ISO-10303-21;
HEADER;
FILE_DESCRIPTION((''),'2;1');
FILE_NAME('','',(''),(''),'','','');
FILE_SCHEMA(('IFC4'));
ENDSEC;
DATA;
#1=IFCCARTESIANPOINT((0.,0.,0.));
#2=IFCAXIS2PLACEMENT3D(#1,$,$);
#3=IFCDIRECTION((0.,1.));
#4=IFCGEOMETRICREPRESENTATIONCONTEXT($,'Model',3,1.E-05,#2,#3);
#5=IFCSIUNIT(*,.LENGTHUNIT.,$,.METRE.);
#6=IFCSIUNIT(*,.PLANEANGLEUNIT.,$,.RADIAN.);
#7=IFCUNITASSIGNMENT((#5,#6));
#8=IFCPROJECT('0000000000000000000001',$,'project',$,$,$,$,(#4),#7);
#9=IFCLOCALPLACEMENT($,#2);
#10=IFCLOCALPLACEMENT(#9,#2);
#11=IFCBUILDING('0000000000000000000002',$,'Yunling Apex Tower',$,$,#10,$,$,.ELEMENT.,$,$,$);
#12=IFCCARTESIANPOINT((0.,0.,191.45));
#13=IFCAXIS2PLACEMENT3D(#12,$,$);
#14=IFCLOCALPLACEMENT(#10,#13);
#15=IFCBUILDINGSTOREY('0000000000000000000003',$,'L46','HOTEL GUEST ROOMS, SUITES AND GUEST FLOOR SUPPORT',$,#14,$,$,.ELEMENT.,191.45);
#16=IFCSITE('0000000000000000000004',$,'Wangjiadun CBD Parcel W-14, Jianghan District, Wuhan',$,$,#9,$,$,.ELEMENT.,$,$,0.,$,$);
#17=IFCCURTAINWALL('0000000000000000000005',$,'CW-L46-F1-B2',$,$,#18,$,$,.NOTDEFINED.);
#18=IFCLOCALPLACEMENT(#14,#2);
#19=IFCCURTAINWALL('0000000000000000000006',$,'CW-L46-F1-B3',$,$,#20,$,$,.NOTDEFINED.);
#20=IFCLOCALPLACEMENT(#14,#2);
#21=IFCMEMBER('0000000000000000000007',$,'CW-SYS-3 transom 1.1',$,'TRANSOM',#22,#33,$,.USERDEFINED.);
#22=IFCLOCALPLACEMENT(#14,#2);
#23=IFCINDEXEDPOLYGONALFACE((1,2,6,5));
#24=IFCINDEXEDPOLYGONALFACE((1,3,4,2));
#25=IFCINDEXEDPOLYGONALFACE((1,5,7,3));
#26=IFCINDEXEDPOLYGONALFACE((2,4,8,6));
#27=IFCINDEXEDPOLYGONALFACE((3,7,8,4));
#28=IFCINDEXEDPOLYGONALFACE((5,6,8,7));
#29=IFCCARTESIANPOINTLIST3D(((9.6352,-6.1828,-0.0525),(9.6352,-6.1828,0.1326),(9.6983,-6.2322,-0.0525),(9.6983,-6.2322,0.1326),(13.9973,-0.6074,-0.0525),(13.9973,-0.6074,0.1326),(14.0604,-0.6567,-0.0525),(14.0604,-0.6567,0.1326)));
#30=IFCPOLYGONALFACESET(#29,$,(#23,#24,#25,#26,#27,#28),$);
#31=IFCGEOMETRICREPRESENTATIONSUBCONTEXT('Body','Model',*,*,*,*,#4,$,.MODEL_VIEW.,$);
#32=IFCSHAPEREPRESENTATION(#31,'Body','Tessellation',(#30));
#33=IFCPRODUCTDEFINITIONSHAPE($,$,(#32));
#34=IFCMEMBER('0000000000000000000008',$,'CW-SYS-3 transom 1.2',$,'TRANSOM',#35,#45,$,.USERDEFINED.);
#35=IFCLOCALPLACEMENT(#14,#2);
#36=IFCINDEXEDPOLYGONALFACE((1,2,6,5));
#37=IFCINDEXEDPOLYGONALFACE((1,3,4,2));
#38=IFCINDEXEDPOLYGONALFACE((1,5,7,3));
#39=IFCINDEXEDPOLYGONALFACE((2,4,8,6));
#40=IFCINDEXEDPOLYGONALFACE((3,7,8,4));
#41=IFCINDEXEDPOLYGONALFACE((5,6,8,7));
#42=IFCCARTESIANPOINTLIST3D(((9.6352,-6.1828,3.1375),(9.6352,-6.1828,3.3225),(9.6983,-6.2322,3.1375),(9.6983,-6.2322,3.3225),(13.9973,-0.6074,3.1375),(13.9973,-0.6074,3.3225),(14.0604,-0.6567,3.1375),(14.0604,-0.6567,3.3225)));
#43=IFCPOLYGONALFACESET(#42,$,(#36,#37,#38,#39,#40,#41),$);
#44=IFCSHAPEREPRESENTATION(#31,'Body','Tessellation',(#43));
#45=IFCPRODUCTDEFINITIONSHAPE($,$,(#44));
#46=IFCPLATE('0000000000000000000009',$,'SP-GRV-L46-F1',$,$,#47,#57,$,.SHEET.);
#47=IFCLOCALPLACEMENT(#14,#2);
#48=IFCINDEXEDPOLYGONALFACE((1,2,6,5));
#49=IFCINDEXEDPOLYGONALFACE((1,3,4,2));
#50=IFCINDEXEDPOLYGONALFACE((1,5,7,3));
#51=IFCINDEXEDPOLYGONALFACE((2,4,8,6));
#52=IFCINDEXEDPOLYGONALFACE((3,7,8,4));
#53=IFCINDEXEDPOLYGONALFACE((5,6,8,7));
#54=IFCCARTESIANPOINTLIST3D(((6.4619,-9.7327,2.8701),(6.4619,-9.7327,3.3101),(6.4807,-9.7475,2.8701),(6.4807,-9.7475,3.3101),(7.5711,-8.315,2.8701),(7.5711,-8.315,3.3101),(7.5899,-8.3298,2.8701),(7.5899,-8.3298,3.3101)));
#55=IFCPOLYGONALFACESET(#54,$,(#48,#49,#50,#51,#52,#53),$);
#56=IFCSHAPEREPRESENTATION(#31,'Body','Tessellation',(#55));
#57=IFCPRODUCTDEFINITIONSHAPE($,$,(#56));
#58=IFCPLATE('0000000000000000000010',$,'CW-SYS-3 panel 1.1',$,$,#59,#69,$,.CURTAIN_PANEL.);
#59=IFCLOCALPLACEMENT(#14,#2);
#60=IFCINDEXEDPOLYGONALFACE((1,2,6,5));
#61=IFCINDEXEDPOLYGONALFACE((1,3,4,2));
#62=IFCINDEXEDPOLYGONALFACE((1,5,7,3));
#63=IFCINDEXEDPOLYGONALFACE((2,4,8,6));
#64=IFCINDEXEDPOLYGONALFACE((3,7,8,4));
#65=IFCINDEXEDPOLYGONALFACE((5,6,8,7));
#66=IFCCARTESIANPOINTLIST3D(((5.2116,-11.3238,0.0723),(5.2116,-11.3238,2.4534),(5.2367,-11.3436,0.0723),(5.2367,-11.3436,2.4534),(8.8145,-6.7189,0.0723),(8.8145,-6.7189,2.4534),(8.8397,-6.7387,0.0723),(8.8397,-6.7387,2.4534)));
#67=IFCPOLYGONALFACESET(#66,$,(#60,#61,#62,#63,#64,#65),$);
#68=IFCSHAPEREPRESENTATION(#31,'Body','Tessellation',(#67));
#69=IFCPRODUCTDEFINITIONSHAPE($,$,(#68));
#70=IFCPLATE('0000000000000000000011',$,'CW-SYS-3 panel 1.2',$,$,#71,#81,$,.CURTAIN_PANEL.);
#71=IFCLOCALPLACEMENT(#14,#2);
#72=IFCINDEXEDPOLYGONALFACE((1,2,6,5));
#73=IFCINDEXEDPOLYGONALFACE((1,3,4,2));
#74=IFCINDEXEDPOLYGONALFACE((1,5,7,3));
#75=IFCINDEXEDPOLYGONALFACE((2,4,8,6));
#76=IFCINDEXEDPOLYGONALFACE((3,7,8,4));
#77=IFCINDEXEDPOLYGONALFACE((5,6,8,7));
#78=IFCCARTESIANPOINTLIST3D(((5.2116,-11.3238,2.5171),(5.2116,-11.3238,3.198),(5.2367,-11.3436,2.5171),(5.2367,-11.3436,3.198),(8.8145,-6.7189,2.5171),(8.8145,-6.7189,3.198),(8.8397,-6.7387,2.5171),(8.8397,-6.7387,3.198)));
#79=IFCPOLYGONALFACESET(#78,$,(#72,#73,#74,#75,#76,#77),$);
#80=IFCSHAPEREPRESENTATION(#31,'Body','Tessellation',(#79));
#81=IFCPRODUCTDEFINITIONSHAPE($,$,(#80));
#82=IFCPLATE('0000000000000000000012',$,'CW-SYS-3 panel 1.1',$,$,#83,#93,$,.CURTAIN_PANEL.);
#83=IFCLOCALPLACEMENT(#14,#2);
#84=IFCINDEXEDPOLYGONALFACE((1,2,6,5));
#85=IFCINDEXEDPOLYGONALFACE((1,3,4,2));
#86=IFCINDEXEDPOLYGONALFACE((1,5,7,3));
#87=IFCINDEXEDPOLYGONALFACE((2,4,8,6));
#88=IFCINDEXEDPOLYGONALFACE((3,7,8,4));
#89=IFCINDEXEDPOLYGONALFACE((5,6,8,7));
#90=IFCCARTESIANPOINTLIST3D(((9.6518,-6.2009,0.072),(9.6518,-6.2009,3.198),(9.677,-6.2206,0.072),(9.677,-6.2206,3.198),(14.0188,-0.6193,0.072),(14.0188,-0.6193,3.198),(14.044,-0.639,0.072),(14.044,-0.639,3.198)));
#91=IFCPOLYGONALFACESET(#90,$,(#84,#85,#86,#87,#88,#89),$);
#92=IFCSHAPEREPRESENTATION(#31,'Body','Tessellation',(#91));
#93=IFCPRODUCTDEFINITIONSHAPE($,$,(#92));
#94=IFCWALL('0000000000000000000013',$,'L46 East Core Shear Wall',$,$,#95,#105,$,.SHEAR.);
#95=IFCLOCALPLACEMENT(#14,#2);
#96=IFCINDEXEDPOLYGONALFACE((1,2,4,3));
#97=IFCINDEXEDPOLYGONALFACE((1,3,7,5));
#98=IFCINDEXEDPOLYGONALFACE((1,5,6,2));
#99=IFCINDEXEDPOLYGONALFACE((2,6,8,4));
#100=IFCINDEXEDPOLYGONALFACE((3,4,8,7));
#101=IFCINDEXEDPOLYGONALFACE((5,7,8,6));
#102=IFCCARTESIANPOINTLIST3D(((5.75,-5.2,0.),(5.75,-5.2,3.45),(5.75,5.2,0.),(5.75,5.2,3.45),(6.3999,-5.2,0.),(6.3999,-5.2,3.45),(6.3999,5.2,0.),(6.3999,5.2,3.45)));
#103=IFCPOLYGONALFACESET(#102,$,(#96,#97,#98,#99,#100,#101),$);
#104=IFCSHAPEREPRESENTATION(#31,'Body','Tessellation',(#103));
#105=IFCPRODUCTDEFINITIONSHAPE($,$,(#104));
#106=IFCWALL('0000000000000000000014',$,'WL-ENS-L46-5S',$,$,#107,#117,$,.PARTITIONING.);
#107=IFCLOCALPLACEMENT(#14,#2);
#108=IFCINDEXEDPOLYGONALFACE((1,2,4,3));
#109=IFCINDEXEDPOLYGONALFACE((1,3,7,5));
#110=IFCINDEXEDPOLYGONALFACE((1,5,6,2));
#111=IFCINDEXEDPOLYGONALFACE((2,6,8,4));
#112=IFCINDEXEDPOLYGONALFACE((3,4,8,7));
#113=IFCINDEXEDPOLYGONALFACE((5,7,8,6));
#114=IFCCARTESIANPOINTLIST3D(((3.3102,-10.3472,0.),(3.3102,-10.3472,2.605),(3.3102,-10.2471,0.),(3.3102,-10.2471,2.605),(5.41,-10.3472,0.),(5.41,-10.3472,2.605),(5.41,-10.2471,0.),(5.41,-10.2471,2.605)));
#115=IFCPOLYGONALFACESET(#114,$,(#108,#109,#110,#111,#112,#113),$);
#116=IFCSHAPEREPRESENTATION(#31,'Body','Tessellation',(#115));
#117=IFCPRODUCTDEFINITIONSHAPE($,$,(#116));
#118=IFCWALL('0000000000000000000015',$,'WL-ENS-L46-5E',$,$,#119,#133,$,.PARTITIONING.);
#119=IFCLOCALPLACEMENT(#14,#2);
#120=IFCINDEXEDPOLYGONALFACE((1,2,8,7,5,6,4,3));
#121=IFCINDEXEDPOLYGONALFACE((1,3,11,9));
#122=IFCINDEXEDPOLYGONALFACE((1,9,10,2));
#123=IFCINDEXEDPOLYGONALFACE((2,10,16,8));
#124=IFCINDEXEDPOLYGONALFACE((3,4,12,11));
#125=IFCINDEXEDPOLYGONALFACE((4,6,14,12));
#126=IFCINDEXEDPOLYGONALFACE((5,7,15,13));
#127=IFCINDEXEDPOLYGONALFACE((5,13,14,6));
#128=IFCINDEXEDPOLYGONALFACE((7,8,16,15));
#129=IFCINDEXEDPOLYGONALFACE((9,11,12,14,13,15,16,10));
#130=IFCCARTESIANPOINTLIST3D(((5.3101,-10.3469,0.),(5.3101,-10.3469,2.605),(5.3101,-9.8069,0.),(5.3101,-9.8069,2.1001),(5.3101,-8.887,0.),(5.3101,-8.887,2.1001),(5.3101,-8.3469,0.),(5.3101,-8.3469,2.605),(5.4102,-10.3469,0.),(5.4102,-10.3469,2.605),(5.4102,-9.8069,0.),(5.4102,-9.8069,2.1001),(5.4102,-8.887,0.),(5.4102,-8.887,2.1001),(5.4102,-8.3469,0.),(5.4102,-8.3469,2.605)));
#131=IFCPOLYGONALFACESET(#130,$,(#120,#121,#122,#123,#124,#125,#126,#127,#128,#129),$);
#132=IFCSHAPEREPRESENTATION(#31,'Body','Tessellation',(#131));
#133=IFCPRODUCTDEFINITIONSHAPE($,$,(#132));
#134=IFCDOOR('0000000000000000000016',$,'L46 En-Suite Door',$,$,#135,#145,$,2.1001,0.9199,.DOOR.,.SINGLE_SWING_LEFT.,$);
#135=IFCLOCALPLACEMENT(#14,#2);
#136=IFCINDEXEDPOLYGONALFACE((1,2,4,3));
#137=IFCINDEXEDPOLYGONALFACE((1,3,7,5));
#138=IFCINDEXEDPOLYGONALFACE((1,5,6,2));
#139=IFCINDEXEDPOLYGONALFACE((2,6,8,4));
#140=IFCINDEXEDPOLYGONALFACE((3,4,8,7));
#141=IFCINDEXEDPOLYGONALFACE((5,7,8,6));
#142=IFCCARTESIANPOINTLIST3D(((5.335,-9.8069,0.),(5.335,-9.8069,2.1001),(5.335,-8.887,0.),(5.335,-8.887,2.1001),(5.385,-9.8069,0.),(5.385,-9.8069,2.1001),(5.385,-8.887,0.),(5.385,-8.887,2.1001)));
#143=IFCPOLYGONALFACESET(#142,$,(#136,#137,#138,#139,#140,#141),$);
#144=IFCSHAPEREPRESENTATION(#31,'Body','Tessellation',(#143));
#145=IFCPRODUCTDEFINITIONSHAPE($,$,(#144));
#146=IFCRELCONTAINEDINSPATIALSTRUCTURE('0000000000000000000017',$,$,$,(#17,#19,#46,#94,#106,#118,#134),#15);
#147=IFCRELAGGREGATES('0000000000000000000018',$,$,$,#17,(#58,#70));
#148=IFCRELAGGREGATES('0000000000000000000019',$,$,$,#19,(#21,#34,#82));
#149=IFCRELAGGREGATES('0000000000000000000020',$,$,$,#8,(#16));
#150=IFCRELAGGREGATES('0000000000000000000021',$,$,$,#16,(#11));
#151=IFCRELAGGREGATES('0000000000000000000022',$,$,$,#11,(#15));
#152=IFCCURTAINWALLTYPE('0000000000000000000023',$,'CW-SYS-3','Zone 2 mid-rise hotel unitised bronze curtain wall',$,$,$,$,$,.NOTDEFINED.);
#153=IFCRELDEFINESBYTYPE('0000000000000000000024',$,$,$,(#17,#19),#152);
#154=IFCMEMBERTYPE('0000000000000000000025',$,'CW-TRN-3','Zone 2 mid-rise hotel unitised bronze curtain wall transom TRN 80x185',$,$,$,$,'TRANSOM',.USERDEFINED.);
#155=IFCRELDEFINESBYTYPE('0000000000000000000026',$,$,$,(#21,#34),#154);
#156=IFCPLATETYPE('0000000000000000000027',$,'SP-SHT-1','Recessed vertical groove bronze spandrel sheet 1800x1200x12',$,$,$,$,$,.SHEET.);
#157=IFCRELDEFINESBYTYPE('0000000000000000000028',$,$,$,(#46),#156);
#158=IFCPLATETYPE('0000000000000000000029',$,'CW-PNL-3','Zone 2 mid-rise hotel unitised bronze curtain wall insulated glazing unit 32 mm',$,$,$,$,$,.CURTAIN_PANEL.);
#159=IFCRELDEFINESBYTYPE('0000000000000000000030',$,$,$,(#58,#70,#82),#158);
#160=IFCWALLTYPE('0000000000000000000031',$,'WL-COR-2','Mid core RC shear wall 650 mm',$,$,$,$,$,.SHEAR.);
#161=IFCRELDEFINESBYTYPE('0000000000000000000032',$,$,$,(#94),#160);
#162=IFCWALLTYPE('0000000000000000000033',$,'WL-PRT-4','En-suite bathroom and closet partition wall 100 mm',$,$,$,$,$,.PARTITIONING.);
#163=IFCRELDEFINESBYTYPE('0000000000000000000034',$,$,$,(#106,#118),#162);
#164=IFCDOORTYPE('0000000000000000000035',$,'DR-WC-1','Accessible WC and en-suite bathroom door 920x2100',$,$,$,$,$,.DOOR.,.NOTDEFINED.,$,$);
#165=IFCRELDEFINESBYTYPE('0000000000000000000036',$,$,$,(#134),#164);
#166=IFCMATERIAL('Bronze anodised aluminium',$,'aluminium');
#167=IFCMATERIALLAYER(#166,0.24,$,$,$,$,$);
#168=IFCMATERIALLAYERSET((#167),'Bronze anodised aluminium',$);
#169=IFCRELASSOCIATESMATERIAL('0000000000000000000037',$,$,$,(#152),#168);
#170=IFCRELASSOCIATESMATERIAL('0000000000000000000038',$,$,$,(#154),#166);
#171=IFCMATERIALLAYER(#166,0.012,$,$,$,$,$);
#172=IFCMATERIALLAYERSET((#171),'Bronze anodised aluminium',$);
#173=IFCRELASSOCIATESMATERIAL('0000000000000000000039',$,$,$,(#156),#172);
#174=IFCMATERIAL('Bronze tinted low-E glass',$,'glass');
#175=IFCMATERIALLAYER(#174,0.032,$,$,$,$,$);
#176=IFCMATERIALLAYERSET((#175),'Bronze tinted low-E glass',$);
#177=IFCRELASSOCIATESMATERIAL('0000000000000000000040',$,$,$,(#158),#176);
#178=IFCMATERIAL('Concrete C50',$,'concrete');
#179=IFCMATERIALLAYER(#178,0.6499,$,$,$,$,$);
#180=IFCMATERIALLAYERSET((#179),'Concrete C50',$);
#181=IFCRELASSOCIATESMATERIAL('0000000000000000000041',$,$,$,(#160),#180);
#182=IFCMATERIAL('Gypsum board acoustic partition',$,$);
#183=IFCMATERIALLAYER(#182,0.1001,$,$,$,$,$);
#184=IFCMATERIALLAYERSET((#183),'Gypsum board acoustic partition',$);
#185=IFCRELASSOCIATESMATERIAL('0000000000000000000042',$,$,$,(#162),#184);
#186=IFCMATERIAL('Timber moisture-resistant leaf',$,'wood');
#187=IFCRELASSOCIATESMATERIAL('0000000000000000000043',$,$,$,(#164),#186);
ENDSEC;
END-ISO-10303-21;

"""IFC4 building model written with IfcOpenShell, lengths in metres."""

from ifc_helpers import new_model, si_unit, direction, frame, frame_2d, origin, origin_2d, place, context, subcontext, project, spatial, rectangle, extrude, source, transform, mapped, material, layer, layer_set, material_profile, profile_set, type_object, element, fill, aggregate, save


model = new_model("IFC4")

# Units and contexts
model_context = context("Model", 3, precision=1e-05, world=origin(), true_north=direction((0.0, 1.0)))
body_context = subcontext(model_context, "Body", "Model", "MODEL_VIEW")
ifc_project = project(units=[si_unit("LENGTHUNIT", "METRE"), si_unit("PLANEANGLEUNIT", "RADIAN")], contexts=[model_context])

# Site, building, storey
site_placement = place(None, origin())
site = spatial("IfcSite", under=ifc_project, at=site_placement, Name="Wangjiadun CBD Parcel W-14, Jianghan District, Wuhan", CompositionType="ELEMENT", RefElevation=0.0)
building_placement = place(site_placement, origin())
building = spatial("IfcBuilding", under=site, at=building_placement, Name="Yunling Apex Tower", CompositionType="ELEMENT")
storey_placement = place(building_placement, frame((0.0, 0.0, 191.45)))
storey = spatial("IfcBuildingStorey", under=building, at=storey_placement, Name="L46", Description="HOTEL GUEST ROOMS, SUITES AND GUEST FLOOR SUPPORT", CompositionType="ELEMENT", Elevation=191.45)

# Shared definitions
ifc_material_1 = material(Name="Concrete C50", Category="concrete")

# Curtain wall
ifc_material_2 = material(Name="Bronze anodised aluminium", Category="aluminium")
ifc_layer_1 = layer(ifc_material_2, 0.24)
ifc_layer_set_1 = layer_set([ifc_layer_1], Name="Bronze anodised aluminium")
curtain_wall_type = type_object("IfcCurtainWallType", Name="CW-SYS-3", Description="Zone 2 mid-rise hotel unitised bronze curtain wall", PredefinedType="NOTDEFINED", material=ifc_layer_set_1)
curtain_wall_1_placement = place(storey_placement, origin())
curtain_wall_1 = element("IfcCurtainWall", 1, at=curtain_wall_1_placement, inside=storey, type_object=curtain_wall_type, Name="CW-L46-F1-B2", PredefinedType="NOTDEFINED")

# Curtain wall, members
curtain_wall_2_placement = place(storey_placement, origin())
curtain_wall_2 = element("IfcCurtainWall", 2, at=curtain_wall_2_placement, inside=storey, type_object=curtain_wall_type, Name="CW-L46-F1-B3", PredefinedType="NOTDEFINED")
ifc_material_profile_1 = material_profile(ifc_material_2, rectangle(XDim=0.0801, YDim=0.1851, at=origin_2d()))
ifc_profile_set_1 = profile_set([ifc_material_profile_1], Name="Bronze anodised aluminium")
member_type_1 = type_object("IfcMemberType", Name="CW-TRN-3", Description="Zone 2 mid-rise hotel unitised bronze curtain wall transom TRN 80x185", ElementType="TRANSOM", PredefinedType="USERDEFINED", material=ifc_profile_set_1)
shared_shape_1 = source(origin(), body_context, "Body", "SweptSolid", [
    extrude(rectangle(XDim=0.0801, YDim=0.1851, at=origin_2d()), origin(), (0.0, 0.0, 1.0), 7.0791),
])
member_1_placement = place(storey_placement, frame((9.6667, -6.2075, 0.04), z_axis=(0.616192, 0.787596, 0.0), x_axis=(-0.787596, 0.616192, 0.0)))
member_1 = element("IfcMember", 3, at=member_1_placement, type_object=member_type_1, Name="CW-SYS-3 transom 1.1", ObjectType="TRANSOM", PredefinedType="USERDEFINED", context=body_context, shape_type="MappedRepresentation", body=[
    mapped(shared_shape_1, transform((0.0, 0.0, 0.0), scale=1.0)),
])
member_2_placement = place(storey_placement, frame((9.6667, -6.2075, 3.23), z_axis=(0.616192, 0.787596, 0.0), x_axis=(-0.787596, 0.616192, 0.0)))
member_2 = element("IfcMember", 4, at=member_2_placement, type_object=member_type_1, Name="CW-SYS-3 transom 1.2", ObjectType="TRANSOM", PredefinedType="USERDEFINED", context=body_context, shape_type="MappedRepresentation", body=[
    mapped(shared_shape_1, transform((0.0, 0.0, 0.0), scale=1.0)),
])

# Plates
ifc_layer_2 = layer(ifc_material_2, 0.012)
ifc_layer_set_2 = layer_set([ifc_layer_2], Name="Bronze anodised aluminium")
plate_type_1 = type_object("IfcPlateType", Name="SP-SHT-1", Description="Recessed vertical groove bronze spandrel sheet 1800x1200x12", PredefinedType="SHEET", material=ifc_layer_set_2)
shared_shape_2 = source(origin(), body_context, "Body", "SweptSolid", [
    extrude(rectangle(XDim=1.8, YDim=0.0239, at=origin_2d()), origin(), (0.0, 0.0, 1.0), 0.4399),
])
plate_1_placement = place(storey_placement, frame((7.0259, -9.0312, 2.8701), z_axis=(0.0, 0.0, 1.0), x_axis=(0.616211, 0.787581, 0.0)))
element("IfcPlate", 5, at=plate_1_placement, inside=storey, type_object=plate_type_1, Name="SP-GRV-L46-F1", PredefinedType="SHEET", context=body_context, shape_type="MappedRepresentation", body=[
    mapped(shared_shape_2, transform((0.0, 0.0, 0.0), scale=1.0)),
])
ifc_material_3 = material(Name="Bronze tinted low-E glass", Category="glass")
ifc_layer_3 = layer(ifc_material_3, 0.032)
ifc_layer_set_3 = layer_set([ifc_layer_3], Name="Bronze tinted low-E glass")
plate_type_2 = type_object("IfcPlateType", Name="CW-PNL-3", Description="Zone 2 mid-rise hotel unitised bronze curtain wall insulated glazing unit 32 mm", PredefinedType="CURTAIN_PANEL", material=ifc_layer_set_3)
shared_shape_3 = source(origin(), body_context, "Body", "SweptSolid", [
    extrude(rectangle(XDim=5.8469, YDim=0.032, at=origin_2d()), origin(), (0.0, 0.0, 1.0), 2.3811),
])
plate_2_placement = place(storey_placement, frame((7.0256, -9.0312, 0.0723), z_axis=(0.0, 0.0, 1.0), x_axis=(0.616217, 0.787576, 0.0)))
plate_2 = element("IfcPlate", 6, at=plate_2_placement, type_object=plate_type_2, Name="CW-SYS-3 panel 1.1", PredefinedType="CURTAIN_PANEL", context=body_context, shape_type="MappedRepresentation", body=[
    mapped(shared_shape_3, transform((0.0, 0.0, 0.0), scale=1.0)),
])
shared_shape_4 = source(origin(), body_context, "Body", "SweptSolid", [
    extrude(rectangle(XDim=5.8469, YDim=0.032, at=origin_2d()), origin(), (0.0, 0.0, 1.0), 0.6809),
])
plate_3_placement = place(storey_placement, frame((7.0256, -9.0312, 2.5171), z_axis=(0.0, 0.0, 1.0), x_axis=(0.616217, 0.787576, 0.0)))
plate_3 = element("IfcPlate", 7, at=plate_3_placement, type_object=plate_type_2, Name="CW-SYS-3 panel 1.2", PredefinedType="CURTAIN_PANEL", context=body_context, shape_type="MappedRepresentation", body=[
    mapped(shared_shape_4, transform((0.0, 0.0, 0.0), scale=1.0)),
])
aggregate(curtain_wall_1, [plate_2, plate_3])
shared_shape_5 = source(origin(), body_context, "Body", "SweptSolid", [
    extrude(rectangle(XDim=7.0869, YDim=0.032, at=origin_2d()), origin(), (0.0, 0.0, 1.0), 3.126),
])
plate_4_placement = place(storey_placement, frame((11.8479, -3.4199, 0.072), z_axis=(0.0, 0.0, 1.0), x_axis=(0.6162, 0.787589, 0.0)))
plate_4 = element("IfcPlate", 8, at=plate_4_placement, type_object=plate_type_2, Name="CW-SYS-3 panel 1.1", PredefinedType="CURTAIN_PANEL", context=body_context, shape_type="MappedRepresentation", body=[
    mapped(shared_shape_5, transform((0.0, 0.0, 0.0), scale=1.0)),
])
aggregate(curtain_wall_2, [member_1, member_2, plate_4])

# Walls
ifc_layer_4 = layer(ifc_material_1, 0.6499)
ifc_layer_set_4 = layer_set([ifc_layer_4], Name="Concrete C50")
wall_type_1 = type_object("IfcWallType", Name="WL-COR-2", Description="Mid core RC shear wall 650 mm", PredefinedType="SHEAR", material=ifc_layer_set_4)
wall_1_placement = place(storey_placement, frame((6.075, -5.2, 0.0), z_axis=(0.0, 0.0, 1.0), x_axis=(0.0, 1.0, 0.0)))
element("IfcWall", 9, at=wall_1_placement, inside=storey, type_object=wall_type_1, Name="L46 East Core Shear Wall", PredefinedType="SHEAR", context=body_context, shape_type="SweptSolid", body=[
    extrude(rectangle(XDim=10.3999, YDim=0.6499, at=frame_2d((5.2, 0.0))), origin(), (0.0, 0.0, 1.0), 3.45),
])
ifc_material_4 = material(Name="Gypsum board acoustic partition")
ifc_layer_5 = layer(ifc_material_4, 0.1001)
ifc_layer_set_5 = layer_set([ifc_layer_5], Name="Gypsum board acoustic partition")
wall_type_2 = type_object("IfcWallType", Name="WL-PRT-4", Description="En-suite bathroom and closet partition wall 100 mm", PredefinedType="PARTITIONING", material=ifc_layer_set_5)
wall_2_placement = place(storey_placement, frame((5.4099, -10.2971, 0.0), z_axis=(0.0, 0.0, 1.0), x_axis=(-1.0, 0.0, 0.0)))
element("IfcWall", 10, at=wall_2_placement, inside=storey, type_object=wall_type_2, Name="WL-ENS-L46-5S", PredefinedType="PARTITIONING", context=body_context, shape_type="SweptSolid", body=[
    extrude(rectangle(XDim=2.0999, YDim=0.1001, at=frame_2d((1.0498, 0.0))), origin(), (0.0, 0.0, 1.0), 2.605),
])

# Wall, opening, door
wall_3_placement = place(storey_placement, frame((5.3601, -8.3469, 0.0), z_axis=(0.0, 0.0, 1.0), x_axis=(0.0, -1.0, 0.0)))
wall_3 = element("IfcWall", 11, at=wall_3_placement, inside=storey, type_object=wall_type_2, Name="WL-ENS-L46-5E", PredefinedType="PARTITIONING", context=body_context, shape_type="SweptSolid", body=[
    extrude(rectangle(XDim=2.0, YDim=0.1001, at=frame_2d((1.0, 0.0))), origin(), (0.0, 0.0, 1.0), 2.605),
])
opening_placement = place(wall_3_placement, frame((0.54, 0.0, 0.0)))
opening = element("IfcOpeningElement", 12, at=opening_placement, cuts=wall_3, PredefinedType="OPENING", context=body_context, shape_type="SweptSolid", body=[
    extrude(rectangle(XDim=0.9199, YDim=2.1001, at=frame_2d((0.46, 1.05))), frame((0.0, 0.0601, 0.0), z_axis=(0.0, -1.0, 0.0), x_axis=(1.0, 0.0, 0.0)), (0.0, 0.0, 1.0), 0.1201),
])
ifc_material_5 = material(Name="Timber moisture-resistant leaf", Category="wood")
door_type = type_object("IfcDoorType", Name="DR-WC-1", Description="Accessible WC and en-suite bathroom door 920x2100", OperationType="NOTDEFINED", PredefinedType="DOOR", material=ifc_material_5)
door_placement = place(opening_placement, origin())
door = element("IfcDoor", 13, at=door_placement, inside=storey, type_object=door_type, Name="L46 En-Suite Door", OperationType="SINGLE_SWING_LEFT", OverallHeight=2.1001, OverallWidth=0.9199, PredefinedType="DOOR", context=body_context, shape_type="SweptSolid", body=[
    extrude(rectangle(XDim=0.9199, YDim=2.1001, at=frame_2d((0.46, 1.05))), frame((0.0, 0.0249, 0.0), z_axis=(0.0, -1.0, 0.0), x_axis=(1.0, 0.0, 0.0)), (0.0, 0.0, 1.0), 0.05),
])
fill(opening, door)

save(model, "model.ifc")
